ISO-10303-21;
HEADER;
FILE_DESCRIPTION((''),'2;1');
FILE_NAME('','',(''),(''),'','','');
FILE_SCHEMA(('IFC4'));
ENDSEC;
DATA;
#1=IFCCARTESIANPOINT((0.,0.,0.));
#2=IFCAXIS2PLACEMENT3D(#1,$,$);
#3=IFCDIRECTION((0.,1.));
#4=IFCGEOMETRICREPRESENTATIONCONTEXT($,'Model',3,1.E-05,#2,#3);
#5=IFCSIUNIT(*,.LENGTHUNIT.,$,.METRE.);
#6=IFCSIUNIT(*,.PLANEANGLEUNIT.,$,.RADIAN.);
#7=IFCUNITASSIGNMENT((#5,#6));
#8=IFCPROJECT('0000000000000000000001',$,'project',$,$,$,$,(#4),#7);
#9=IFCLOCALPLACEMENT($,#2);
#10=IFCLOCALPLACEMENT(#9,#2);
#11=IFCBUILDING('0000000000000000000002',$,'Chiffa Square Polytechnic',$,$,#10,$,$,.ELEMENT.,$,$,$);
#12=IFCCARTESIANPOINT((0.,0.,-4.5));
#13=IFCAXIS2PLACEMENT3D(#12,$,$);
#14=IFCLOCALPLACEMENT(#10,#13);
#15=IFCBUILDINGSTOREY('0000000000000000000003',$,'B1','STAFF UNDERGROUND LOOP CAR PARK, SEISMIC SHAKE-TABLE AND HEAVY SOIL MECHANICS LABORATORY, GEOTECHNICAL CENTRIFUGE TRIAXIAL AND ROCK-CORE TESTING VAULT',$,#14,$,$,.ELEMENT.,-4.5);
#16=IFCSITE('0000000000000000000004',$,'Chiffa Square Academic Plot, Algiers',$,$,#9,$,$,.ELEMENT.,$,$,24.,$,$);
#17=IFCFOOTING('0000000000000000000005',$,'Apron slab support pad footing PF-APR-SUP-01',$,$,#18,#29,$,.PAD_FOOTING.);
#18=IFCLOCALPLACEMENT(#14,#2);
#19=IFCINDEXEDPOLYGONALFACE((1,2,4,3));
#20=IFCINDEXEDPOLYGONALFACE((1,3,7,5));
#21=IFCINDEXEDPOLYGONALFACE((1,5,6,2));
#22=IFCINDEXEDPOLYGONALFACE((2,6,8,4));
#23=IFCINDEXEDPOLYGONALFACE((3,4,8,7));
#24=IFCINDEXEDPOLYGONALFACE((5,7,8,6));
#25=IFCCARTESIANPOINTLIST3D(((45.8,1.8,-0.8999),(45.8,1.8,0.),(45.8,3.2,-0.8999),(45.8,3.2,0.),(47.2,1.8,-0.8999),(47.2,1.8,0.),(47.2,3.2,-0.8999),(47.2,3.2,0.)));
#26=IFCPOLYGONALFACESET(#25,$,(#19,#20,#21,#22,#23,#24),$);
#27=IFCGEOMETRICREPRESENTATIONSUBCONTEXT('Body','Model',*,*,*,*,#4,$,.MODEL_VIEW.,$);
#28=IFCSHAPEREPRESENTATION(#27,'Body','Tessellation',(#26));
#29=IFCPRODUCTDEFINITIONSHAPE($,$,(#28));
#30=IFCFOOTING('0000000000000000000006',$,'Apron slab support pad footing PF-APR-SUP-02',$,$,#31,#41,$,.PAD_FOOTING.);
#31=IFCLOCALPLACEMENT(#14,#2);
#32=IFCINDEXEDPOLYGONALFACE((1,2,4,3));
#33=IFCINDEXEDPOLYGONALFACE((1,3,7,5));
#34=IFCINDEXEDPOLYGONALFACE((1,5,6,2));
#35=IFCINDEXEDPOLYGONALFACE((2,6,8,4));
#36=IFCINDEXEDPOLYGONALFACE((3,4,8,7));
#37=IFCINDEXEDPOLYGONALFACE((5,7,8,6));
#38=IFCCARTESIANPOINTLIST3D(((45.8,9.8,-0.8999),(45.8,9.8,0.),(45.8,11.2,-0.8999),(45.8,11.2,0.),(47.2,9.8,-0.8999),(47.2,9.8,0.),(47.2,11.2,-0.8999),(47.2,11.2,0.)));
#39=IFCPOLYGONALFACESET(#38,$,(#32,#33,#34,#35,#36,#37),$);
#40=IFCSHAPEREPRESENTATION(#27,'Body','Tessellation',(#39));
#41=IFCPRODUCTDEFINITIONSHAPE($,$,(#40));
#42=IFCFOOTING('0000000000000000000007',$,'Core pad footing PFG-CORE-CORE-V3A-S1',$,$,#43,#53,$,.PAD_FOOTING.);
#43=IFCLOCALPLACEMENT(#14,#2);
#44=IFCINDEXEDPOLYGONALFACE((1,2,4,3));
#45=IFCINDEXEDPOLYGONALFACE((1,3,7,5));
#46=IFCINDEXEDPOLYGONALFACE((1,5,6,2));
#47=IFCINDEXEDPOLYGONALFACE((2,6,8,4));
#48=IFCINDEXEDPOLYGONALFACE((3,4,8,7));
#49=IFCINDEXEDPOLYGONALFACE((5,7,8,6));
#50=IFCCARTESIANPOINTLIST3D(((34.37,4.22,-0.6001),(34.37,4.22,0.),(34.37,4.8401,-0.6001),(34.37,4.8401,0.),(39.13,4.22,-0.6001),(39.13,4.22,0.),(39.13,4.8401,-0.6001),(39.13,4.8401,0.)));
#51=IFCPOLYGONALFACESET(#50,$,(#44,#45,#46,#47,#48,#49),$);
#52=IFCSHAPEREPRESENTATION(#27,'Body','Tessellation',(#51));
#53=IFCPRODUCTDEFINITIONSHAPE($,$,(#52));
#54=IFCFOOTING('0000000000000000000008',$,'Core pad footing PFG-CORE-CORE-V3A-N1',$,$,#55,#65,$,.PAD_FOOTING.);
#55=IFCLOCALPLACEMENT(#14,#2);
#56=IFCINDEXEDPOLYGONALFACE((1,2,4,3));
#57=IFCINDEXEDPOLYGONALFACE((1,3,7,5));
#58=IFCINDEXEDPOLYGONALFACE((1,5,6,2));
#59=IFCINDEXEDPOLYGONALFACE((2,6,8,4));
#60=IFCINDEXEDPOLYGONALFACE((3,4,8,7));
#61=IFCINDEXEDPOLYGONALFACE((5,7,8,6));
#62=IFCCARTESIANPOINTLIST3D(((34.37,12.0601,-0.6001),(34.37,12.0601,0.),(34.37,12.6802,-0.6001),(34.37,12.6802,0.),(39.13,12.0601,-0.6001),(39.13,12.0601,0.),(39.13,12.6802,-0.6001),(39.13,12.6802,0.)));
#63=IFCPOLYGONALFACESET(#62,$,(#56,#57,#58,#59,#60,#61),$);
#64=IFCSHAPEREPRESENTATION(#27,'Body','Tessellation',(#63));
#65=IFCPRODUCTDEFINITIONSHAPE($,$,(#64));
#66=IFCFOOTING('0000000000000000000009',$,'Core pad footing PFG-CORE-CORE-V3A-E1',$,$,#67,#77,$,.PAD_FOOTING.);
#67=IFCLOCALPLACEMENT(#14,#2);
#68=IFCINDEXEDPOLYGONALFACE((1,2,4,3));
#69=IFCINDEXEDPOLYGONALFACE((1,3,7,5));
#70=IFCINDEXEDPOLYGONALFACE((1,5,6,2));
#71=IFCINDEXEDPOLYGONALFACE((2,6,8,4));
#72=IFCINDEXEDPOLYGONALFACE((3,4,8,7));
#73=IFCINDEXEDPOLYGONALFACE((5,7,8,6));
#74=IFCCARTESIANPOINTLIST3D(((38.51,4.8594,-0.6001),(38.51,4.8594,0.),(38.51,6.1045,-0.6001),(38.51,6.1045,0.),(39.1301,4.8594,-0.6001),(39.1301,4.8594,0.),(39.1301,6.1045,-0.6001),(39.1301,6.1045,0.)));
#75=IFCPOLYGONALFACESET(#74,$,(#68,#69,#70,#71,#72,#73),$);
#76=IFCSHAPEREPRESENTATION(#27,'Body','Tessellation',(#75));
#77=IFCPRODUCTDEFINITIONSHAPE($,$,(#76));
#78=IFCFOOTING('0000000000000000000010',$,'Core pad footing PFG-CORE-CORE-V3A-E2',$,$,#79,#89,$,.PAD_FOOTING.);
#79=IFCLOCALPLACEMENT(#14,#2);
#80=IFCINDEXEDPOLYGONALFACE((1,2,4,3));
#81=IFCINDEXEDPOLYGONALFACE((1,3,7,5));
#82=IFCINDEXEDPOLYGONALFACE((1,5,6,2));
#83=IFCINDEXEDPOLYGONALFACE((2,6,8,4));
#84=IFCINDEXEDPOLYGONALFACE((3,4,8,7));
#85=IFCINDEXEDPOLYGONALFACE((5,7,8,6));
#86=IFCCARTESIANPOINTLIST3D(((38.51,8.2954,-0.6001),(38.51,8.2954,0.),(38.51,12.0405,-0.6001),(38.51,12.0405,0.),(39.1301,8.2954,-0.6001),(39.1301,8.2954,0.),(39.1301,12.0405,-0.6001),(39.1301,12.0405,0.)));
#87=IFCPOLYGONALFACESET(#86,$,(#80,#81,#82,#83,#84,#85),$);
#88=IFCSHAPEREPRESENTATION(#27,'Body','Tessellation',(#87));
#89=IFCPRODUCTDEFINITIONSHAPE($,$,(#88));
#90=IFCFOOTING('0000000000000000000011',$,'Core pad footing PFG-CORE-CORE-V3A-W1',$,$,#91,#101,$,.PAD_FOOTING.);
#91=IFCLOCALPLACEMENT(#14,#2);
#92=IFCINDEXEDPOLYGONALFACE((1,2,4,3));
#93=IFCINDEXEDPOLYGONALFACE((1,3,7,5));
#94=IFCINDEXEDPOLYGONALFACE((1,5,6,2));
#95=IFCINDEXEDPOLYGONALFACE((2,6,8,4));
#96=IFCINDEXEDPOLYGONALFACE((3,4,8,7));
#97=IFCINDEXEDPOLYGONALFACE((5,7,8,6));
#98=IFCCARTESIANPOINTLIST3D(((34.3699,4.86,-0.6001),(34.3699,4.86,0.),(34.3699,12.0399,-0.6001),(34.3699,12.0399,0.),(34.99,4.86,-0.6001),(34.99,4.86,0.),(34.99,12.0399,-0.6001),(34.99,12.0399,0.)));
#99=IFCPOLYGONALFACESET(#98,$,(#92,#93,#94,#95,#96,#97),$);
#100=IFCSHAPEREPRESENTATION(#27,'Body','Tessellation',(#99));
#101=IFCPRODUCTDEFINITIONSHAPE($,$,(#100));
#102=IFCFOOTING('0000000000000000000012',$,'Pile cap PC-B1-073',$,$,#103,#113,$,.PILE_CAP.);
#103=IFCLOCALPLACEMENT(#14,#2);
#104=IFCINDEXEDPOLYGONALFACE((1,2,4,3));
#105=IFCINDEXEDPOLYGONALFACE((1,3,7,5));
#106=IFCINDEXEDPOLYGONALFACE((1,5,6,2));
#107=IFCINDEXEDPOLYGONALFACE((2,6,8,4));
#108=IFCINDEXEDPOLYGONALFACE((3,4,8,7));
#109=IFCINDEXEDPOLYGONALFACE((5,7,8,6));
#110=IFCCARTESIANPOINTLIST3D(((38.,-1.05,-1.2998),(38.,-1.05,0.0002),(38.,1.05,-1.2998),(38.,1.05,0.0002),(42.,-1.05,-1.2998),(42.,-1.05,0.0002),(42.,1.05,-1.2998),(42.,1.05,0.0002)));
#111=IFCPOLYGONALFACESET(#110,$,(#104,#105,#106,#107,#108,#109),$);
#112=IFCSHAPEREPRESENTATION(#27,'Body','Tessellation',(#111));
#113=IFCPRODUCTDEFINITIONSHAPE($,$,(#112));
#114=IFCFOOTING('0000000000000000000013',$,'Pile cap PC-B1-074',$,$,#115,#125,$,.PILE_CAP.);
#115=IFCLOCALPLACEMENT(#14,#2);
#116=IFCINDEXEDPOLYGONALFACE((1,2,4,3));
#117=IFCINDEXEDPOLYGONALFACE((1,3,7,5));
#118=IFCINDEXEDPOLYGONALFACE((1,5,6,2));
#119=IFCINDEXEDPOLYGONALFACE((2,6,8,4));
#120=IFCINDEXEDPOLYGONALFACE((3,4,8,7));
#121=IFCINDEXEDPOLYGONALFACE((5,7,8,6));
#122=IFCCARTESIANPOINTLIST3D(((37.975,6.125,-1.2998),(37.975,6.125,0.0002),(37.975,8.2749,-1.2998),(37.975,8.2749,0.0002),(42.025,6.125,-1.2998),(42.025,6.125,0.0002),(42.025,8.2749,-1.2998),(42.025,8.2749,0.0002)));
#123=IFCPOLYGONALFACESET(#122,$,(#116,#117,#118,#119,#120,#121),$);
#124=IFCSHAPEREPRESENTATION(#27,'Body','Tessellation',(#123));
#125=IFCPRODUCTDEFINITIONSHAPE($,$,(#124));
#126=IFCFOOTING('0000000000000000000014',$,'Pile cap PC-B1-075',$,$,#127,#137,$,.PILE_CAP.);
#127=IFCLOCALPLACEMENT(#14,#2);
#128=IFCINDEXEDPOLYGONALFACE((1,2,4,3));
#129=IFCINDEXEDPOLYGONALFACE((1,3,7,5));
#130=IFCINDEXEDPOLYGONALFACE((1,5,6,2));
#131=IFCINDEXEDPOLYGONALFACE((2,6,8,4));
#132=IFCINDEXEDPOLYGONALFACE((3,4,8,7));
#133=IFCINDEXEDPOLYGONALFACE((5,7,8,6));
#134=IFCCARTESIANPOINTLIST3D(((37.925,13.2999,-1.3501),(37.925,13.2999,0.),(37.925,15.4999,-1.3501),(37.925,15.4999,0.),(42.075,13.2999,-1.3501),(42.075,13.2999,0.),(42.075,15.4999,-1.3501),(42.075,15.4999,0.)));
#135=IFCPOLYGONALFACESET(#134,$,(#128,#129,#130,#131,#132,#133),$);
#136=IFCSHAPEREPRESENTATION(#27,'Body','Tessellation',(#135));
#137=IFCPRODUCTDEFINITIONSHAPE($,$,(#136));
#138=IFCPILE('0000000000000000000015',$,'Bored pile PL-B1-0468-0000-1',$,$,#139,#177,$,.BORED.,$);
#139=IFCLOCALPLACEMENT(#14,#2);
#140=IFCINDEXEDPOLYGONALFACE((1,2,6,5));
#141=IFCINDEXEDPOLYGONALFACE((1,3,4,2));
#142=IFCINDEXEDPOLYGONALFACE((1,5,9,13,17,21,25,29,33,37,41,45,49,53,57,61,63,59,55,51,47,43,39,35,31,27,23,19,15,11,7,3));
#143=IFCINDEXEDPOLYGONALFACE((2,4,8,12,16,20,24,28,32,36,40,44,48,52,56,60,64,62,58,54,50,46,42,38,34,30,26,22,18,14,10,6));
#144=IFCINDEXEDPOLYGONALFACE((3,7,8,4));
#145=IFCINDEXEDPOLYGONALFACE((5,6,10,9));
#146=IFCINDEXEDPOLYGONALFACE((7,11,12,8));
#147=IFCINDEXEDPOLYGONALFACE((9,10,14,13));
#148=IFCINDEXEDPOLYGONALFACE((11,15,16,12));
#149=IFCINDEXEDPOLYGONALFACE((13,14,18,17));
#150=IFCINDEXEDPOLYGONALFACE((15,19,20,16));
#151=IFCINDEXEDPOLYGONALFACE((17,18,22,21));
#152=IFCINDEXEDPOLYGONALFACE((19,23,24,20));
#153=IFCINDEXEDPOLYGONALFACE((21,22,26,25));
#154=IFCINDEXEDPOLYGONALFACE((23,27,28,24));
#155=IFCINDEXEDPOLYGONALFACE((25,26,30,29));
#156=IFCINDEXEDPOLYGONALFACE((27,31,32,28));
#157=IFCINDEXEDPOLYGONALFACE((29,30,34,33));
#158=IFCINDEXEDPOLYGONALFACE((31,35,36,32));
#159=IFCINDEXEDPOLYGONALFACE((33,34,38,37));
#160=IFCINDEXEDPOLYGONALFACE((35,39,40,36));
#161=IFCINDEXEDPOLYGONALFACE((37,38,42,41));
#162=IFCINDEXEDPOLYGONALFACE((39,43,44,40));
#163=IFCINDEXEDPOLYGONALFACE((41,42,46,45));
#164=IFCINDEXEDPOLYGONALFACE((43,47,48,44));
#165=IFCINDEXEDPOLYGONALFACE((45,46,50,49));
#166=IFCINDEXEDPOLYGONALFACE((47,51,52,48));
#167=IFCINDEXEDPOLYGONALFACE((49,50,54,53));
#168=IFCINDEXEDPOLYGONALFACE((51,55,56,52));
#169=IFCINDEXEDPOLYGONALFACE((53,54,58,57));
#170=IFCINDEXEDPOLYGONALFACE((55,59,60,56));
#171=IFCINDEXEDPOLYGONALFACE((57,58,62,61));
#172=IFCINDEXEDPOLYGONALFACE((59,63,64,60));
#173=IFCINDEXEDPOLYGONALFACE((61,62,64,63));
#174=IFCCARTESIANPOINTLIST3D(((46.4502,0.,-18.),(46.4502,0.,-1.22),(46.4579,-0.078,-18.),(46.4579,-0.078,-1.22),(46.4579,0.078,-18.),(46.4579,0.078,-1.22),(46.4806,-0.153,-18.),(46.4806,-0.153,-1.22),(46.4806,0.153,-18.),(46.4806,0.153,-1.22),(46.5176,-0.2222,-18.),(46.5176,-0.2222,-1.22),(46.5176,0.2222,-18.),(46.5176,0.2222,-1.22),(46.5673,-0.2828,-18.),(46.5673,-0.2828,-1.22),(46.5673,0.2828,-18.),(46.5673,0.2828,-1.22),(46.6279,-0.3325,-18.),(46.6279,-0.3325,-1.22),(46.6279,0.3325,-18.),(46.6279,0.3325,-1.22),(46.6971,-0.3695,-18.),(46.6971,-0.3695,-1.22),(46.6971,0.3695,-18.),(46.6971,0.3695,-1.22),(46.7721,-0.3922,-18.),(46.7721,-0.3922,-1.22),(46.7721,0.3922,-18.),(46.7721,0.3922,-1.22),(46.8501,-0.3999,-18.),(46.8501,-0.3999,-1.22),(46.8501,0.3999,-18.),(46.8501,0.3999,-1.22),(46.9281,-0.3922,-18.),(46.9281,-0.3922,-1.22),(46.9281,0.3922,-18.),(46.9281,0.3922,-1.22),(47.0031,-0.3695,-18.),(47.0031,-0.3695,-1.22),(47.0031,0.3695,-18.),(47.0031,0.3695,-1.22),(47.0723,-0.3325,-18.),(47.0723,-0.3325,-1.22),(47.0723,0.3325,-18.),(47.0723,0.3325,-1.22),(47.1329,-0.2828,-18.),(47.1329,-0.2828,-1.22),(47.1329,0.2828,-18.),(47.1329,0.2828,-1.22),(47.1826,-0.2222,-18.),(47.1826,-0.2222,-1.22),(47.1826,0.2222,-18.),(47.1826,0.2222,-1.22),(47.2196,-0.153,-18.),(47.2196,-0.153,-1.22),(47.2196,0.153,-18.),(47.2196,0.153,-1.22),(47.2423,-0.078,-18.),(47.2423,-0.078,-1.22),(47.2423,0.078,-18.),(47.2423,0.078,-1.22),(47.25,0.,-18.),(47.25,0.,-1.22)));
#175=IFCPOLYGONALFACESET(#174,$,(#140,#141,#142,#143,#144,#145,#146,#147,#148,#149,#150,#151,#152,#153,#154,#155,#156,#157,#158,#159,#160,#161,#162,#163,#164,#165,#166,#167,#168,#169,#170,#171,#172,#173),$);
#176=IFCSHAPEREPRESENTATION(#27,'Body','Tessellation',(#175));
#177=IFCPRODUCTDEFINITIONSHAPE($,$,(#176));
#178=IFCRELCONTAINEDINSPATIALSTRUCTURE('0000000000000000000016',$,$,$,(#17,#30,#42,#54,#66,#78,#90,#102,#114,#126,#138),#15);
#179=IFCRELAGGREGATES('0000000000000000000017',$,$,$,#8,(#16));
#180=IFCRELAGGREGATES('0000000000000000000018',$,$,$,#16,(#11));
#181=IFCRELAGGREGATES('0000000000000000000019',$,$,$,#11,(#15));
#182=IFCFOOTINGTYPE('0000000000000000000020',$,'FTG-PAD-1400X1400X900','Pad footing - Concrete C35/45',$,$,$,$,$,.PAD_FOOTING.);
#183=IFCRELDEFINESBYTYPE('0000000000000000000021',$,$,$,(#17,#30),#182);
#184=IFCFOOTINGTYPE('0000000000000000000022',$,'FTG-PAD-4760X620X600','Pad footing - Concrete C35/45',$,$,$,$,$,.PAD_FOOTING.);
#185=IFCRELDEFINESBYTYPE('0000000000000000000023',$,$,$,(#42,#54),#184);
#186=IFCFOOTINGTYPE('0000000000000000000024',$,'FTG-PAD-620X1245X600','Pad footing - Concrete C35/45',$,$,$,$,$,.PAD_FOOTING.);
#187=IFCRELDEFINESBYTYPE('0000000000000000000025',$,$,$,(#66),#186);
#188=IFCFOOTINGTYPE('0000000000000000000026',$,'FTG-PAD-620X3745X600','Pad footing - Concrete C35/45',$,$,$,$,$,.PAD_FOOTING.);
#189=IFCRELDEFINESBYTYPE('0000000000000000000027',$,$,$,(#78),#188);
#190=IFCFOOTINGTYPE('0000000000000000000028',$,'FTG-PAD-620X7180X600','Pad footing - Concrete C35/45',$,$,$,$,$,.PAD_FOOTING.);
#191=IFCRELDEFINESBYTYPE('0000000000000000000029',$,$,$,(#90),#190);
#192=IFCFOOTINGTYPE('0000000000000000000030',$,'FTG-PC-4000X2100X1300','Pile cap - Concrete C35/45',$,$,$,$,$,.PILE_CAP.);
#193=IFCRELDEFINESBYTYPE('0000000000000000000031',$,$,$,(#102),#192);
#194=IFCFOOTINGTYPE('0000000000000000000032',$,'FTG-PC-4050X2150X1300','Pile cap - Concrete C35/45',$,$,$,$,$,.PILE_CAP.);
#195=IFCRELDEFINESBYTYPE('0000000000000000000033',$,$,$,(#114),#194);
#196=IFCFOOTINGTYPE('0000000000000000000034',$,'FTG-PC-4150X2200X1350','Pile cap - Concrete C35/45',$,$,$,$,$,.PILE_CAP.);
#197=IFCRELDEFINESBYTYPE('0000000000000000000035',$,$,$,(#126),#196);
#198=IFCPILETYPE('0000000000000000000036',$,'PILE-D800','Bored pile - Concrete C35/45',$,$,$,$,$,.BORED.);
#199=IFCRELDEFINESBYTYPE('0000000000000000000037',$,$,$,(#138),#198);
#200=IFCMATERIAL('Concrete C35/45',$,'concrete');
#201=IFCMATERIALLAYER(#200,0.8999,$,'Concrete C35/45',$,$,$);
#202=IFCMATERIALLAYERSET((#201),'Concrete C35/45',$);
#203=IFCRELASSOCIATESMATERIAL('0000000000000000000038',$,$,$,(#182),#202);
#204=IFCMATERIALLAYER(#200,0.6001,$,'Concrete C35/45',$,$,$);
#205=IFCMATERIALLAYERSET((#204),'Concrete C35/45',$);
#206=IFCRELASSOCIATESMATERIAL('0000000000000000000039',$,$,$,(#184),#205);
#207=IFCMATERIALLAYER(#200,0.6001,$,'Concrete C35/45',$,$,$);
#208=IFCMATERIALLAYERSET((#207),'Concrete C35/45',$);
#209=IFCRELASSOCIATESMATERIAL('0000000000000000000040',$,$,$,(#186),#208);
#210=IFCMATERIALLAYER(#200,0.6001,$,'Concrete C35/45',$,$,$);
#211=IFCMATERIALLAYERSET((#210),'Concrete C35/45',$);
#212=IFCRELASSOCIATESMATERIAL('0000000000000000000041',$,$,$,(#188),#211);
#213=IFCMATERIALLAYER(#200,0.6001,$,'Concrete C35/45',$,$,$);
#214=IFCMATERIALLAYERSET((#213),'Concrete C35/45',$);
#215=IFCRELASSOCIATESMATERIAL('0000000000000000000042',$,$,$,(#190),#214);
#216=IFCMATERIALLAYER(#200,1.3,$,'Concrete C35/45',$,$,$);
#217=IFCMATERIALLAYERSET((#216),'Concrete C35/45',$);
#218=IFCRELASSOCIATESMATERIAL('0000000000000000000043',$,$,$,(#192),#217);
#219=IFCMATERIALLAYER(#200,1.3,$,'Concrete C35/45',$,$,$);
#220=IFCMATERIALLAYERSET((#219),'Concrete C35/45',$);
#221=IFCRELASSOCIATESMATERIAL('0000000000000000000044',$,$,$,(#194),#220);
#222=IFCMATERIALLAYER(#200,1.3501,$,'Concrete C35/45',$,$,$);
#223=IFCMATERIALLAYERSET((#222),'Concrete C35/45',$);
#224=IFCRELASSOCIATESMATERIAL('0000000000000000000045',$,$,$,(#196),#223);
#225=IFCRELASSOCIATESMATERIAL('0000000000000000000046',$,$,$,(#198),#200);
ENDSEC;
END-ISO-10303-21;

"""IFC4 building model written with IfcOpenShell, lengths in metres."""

from ifc_helpers import new_model, si_unit, direction, frame, origin, origin_2d, place, context, subcontext, project, spatial, rectangle, circle, extrude, material, layer, layer_set, material_profile, profile_set, type_object, element, save


model = new_model("IFC4")

# Units and contexts
model_context = context("Model", 3, precision=1e-05, world=origin(), true_north=direction((0.0, 1.0)))
body_context = subcontext(model_context, "Body", "Model", "MODEL_VIEW")
ifc_project = project(units=[si_unit("LENGTHUNIT", "METRE"), si_unit("PLANEANGLEUNIT", "RADIAN")], contexts=[model_context])

# Site, building, storey
site_placement = place(None, origin())
site = spatial("IfcSite", under=ifc_project, at=site_placement, Name="Chiffa Square Academic Plot, Algiers", CompositionType="ELEMENT", RefElevation=24.0)
building_placement = place(site_placement, origin())
building = spatial("IfcBuilding", under=site, at=building_placement, Name="Chiffa Square Polytechnic", CompositionType="ELEMENT")
storey_placement = place(building_placement, frame((0.0, 0.0, -4.5)))
storey = spatial("IfcBuildingStorey", under=building, at=storey_placement, Name="B1", Description="STAFF UNDERGROUND LOOP CAR PARK, SEISMIC SHAKE-TABLE AND HEAVY SOIL MECHANICS LABORATORY, GEOTECHNICAL CENTRIFUGE TRIAXIAL AND ROCK-CORE TESTING VAULT", CompositionType="ELEMENT", Elevation=-4.5)

# Footings
ifc_material_1 = material(Name="Concrete C35/45", Category="concrete")
ifc_layer_1 = layer(ifc_material_1, 0.8999, Name="Concrete C35/45")
ifc_layer_set_1 = layer_set([ifc_layer_1], Name="Concrete C35/45")
footing_type_1 = type_object("IfcFootingType", Name="FTG-PAD-1400X1400X900", Description="Pad footing - Concrete C35/45", PredefinedType="PAD_FOOTING", material=ifc_layer_set_1)
for number, where, z_axis, x_axis, name in (
    (1, (46.5, 2.5, -0.8999), (0.0, 0.0, 1.0), (1.0, 0.0, 0.0), "Apron slab support pad footing PF-APR-SUP-01"),
    (2, (46.5, 10.5, -0.8999), (0.0, 0.0, 1.0), (1.0, 0.0, 0.0), "Apron slab support pad footing PF-APR-SUP-02"),
):
    element("IfcFooting", number, at=place(storey_placement, frame(where, z_axis=z_axis, x_axis=x_axis)), inside=storey, type_object=footing_type_1, Name=name, PredefinedType="PAD_FOOTING", context=body_context, shape_type="SweptSolid", body=[
        extrude(rectangle(XDim=1.3999, YDim=1.3999, at=origin_2d()), origin(), (0.0, 0.0, 1.0), 0.8999),
    ])
ifc_layer_2 = layer(ifc_material_1, 0.6001, Name="Concrete C35/45")
ifc_layer_set_2 = layer_set([ifc_layer_2], Name="Concrete C35/45")
footing_type_2 = type_object("IfcFootingType", Name="FTG-PAD-4760X620X600", Description="Pad footing - Concrete C35/45", PredefinedType="PAD_FOOTING", material=ifc_layer_set_2)
for number, where, z_axis, x_axis, name in (
    (3, (36.75, 4.53, -0.6001), (0.0, 0.0, 1.0), (1.0, 0.0, 0.0), "Core pad footing PFG-CORE-CORE-V3A-S1"),
    (4, (36.75, 12.3701, -0.6001), (0.0, 0.0, 1.0), (1.0, 0.0, 0.0), "Core pad footing PFG-CORE-CORE-V3A-N1"),
):
    element("IfcFooting", number, at=place(storey_placement, frame(where, z_axis=z_axis, x_axis=x_axis)), inside=storey, type_object=footing_type_2, Name=name, PredefinedType="PAD_FOOTING", context=body_context, shape_type="SweptSolid", body=[
        extrude(rectangle(XDim=4.76, YDim=0.6201, at=origin_2d()), origin(), (0.0, 0.0, 1.0), 0.6001),
    ])
ifc_layer_3 = layer(ifc_material_1, 0.6001, Name="Concrete C35/45")
ifc_layer_set_3 = layer_set([ifc_layer_3], Name="Concrete C35/45")
footing_type_3 = type_object("IfcFootingType", Name="FTG-PAD-620X1245X600", Description="Pad footing - Concrete C35/45", PredefinedType="PAD_FOOTING", material=ifc_layer_set_3)
footing_1_placement = place(storey_placement, frame((38.8201, 5.4819, -0.6001), z_axis=(0.0, 0.0, 1.0), x_axis=(1.0, 0.0, 0.0)))
element("IfcFooting", 5, at=footing_1_placement, inside=storey, type_object=footing_type_3, Name="Core pad footing PFG-CORE-CORE-V3A-E1", PredefinedType="PAD_FOOTING", context=body_context, shape_type="SweptSolid", body=[
    extrude(rectangle(XDim=0.6201, YDim=1.2451, at=origin_2d()), origin(), (0.0, 0.0, 1.0), 0.6001),
])
ifc_layer_4 = layer(ifc_material_1, 0.6001, Name="Concrete C35/45")
ifc_layer_set_4 = layer_set([ifc_layer_4], Name="Concrete C35/45")
footing_type_4 = type_object("IfcFootingType", Name="FTG-PAD-620X3745X600", Description="Pad footing - Concrete C35/45", PredefinedType="PAD_FOOTING", material=ifc_layer_set_4)
footing_2_placement = place(storey_placement, frame((38.8201, 10.168, -0.6001), z_axis=(0.0, 0.0, 1.0), x_axis=(1.0, 0.0, 0.0)))
element("IfcFooting", 6, at=footing_2_placement, inside=storey, type_object=footing_type_4, Name="Core pad footing PFG-CORE-CORE-V3A-E2", PredefinedType="PAD_FOOTING", context=body_context, shape_type="SweptSolid", body=[
    extrude(rectangle(XDim=0.6201, YDim=3.7451, at=origin_2d()), origin(), (0.0, 0.0, 1.0), 0.6001),
])
ifc_layer_5 = layer(ifc_material_1, 0.6001, Name="Concrete C35/45")
ifc_layer_set_5 = layer_set([ifc_layer_5], Name="Concrete C35/45")
footing_type_5 = type_object("IfcFootingType", Name="FTG-PAD-620X7180X600", Description="Pad footing - Concrete C35/45", PredefinedType="PAD_FOOTING", material=ifc_layer_set_5)
footing_3_placement = place(storey_placement, frame((34.6799, 8.45, -0.6001), z_axis=(0.0, 0.0, 1.0), x_axis=(1.0, 0.0, 0.0)))
element("IfcFooting", 7, at=footing_3_placement, inside=storey, type_object=footing_type_5, Name="Core pad footing PFG-CORE-CORE-V3A-W1", PredefinedType="PAD_FOOTING", context=body_context, shape_type="SweptSolid", body=[
    extrude(rectangle(XDim=0.6201, YDim=7.1799, at=origin_2d()), origin(), (0.0, 0.0, 1.0), 0.6001),
])
ifc_layer_6 = layer(ifc_material_1, 1.3, Name="Concrete C35/45")
ifc_layer_set_6 = layer_set([ifc_layer_6], Name="Concrete C35/45")
footing_type_6 = type_object("IfcFootingType", Name="FTG-PC-4000X2100X1300", Description="Pile cap - Concrete C35/45", PredefinedType="PILE_CAP", material=ifc_layer_set_6)
footing_4_placement = place(storey_placement, frame((40.0, 0.0, -1.2998), z_axis=(0.0, 0.0, 1.0), x_axis=(1.0, 0.0, 0.0)))
element("IfcFooting", 8, at=footing_4_placement, inside=storey, type_object=footing_type_6, Name="Pile cap PC-B1-073", PredefinedType="PILE_CAP", context=body_context, shape_type="SweptSolid", body=[
    extrude(rectangle(XDim=4.0, YDim=2.1001, at=origin_2d()), origin(), (0.0, 0.0, 1.0), 1.3),
])
ifc_layer_7 = layer(ifc_material_1, 1.3, Name="Concrete C35/45")
ifc_layer_set_7 = layer_set([ifc_layer_7], Name="Concrete C35/45")
footing_type_7 = type_object("IfcFootingType", Name="FTG-PC-4050X2150X1300", Description="Pile cap - Concrete C35/45", PredefinedType="PILE_CAP", material=ifc_layer_set_7)
footing_5_placement = place(storey_placement, frame((40.0, 7.2, -1.2998), z_axis=(0.0, 0.0, 1.0), x_axis=(1.0, 0.0, 0.0)))
element("IfcFooting", 9, at=footing_5_placement, inside=storey, type_object=footing_type_7, Name="Pile cap PC-B1-074", PredefinedType="PILE_CAP", context=body_context, shape_type="SweptSolid", body=[
    extrude(rectangle(XDim=4.05, YDim=2.1499, at=origin_2d()), origin(), (0.0, 0.0, 1.0), 1.3),
])
ifc_layer_8 = layer(ifc_material_1, 1.3501, Name="Concrete C35/45")
ifc_layer_set_8 = layer_set([ifc_layer_8], Name="Concrete C35/45")
footing_type_8 = type_object("IfcFootingType", Name="FTG-PC-4150X2200X1350", Description="Pile cap - Concrete C35/45", PredefinedType="PILE_CAP", material=ifc_layer_set_8)
footing_6_placement = place(storey_placement, frame((40.0, 14.3999, -1.3501), z_axis=(0.0, 0.0, 1.0), x_axis=(1.0, 0.0, 0.0)))
element("IfcFooting", 10, at=footing_6_placement, inside=storey, type_object=footing_type_8, Name="Pile cap PC-B1-075", PredefinedType="PILE_CAP", context=body_context, shape_type="SweptSolid", body=[
    extrude(rectangle(XDim=4.1499, YDim=2.2, at=origin_2d()), origin(), (0.0, 0.0, 1.0), 1.3501),
])

# Pile
ifc_material_profile_1 = material_profile(ifc_material_1, circle(Radius=0.3999, at=origin_2d()), Name="PILE D800")
ifc_profile_set_1 = profile_set([ifc_material_profile_1], Name="Concrete C35/45")
pile_type_1 = type_object("IfcPileType", Name="PILE-D800", Description="Bored pile - Concrete C35/45", PredefinedType="BORED", material=ifc_profile_set_1)
pile_1_placement = place(storey_placement, frame((46.8501, 0.0, -1.22), z_axis=(0.0, 0.0, -1.0), x_axis=(1.0, 0.0, 0.0)))
element("IfcPile", 11, at=pile_1_placement, inside=storey, type_object=pile_type_1, Name="Bored pile PL-B1-0468-0000-1", PredefinedType="BORED", context=body_context, shape_type="SweptSolid", body=[
    extrude(circle(Radius=0.3999, at=origin_2d()), origin(), (0.0, 0.0, 1.0), 16.78),
])

save(model, "model.ifc")
